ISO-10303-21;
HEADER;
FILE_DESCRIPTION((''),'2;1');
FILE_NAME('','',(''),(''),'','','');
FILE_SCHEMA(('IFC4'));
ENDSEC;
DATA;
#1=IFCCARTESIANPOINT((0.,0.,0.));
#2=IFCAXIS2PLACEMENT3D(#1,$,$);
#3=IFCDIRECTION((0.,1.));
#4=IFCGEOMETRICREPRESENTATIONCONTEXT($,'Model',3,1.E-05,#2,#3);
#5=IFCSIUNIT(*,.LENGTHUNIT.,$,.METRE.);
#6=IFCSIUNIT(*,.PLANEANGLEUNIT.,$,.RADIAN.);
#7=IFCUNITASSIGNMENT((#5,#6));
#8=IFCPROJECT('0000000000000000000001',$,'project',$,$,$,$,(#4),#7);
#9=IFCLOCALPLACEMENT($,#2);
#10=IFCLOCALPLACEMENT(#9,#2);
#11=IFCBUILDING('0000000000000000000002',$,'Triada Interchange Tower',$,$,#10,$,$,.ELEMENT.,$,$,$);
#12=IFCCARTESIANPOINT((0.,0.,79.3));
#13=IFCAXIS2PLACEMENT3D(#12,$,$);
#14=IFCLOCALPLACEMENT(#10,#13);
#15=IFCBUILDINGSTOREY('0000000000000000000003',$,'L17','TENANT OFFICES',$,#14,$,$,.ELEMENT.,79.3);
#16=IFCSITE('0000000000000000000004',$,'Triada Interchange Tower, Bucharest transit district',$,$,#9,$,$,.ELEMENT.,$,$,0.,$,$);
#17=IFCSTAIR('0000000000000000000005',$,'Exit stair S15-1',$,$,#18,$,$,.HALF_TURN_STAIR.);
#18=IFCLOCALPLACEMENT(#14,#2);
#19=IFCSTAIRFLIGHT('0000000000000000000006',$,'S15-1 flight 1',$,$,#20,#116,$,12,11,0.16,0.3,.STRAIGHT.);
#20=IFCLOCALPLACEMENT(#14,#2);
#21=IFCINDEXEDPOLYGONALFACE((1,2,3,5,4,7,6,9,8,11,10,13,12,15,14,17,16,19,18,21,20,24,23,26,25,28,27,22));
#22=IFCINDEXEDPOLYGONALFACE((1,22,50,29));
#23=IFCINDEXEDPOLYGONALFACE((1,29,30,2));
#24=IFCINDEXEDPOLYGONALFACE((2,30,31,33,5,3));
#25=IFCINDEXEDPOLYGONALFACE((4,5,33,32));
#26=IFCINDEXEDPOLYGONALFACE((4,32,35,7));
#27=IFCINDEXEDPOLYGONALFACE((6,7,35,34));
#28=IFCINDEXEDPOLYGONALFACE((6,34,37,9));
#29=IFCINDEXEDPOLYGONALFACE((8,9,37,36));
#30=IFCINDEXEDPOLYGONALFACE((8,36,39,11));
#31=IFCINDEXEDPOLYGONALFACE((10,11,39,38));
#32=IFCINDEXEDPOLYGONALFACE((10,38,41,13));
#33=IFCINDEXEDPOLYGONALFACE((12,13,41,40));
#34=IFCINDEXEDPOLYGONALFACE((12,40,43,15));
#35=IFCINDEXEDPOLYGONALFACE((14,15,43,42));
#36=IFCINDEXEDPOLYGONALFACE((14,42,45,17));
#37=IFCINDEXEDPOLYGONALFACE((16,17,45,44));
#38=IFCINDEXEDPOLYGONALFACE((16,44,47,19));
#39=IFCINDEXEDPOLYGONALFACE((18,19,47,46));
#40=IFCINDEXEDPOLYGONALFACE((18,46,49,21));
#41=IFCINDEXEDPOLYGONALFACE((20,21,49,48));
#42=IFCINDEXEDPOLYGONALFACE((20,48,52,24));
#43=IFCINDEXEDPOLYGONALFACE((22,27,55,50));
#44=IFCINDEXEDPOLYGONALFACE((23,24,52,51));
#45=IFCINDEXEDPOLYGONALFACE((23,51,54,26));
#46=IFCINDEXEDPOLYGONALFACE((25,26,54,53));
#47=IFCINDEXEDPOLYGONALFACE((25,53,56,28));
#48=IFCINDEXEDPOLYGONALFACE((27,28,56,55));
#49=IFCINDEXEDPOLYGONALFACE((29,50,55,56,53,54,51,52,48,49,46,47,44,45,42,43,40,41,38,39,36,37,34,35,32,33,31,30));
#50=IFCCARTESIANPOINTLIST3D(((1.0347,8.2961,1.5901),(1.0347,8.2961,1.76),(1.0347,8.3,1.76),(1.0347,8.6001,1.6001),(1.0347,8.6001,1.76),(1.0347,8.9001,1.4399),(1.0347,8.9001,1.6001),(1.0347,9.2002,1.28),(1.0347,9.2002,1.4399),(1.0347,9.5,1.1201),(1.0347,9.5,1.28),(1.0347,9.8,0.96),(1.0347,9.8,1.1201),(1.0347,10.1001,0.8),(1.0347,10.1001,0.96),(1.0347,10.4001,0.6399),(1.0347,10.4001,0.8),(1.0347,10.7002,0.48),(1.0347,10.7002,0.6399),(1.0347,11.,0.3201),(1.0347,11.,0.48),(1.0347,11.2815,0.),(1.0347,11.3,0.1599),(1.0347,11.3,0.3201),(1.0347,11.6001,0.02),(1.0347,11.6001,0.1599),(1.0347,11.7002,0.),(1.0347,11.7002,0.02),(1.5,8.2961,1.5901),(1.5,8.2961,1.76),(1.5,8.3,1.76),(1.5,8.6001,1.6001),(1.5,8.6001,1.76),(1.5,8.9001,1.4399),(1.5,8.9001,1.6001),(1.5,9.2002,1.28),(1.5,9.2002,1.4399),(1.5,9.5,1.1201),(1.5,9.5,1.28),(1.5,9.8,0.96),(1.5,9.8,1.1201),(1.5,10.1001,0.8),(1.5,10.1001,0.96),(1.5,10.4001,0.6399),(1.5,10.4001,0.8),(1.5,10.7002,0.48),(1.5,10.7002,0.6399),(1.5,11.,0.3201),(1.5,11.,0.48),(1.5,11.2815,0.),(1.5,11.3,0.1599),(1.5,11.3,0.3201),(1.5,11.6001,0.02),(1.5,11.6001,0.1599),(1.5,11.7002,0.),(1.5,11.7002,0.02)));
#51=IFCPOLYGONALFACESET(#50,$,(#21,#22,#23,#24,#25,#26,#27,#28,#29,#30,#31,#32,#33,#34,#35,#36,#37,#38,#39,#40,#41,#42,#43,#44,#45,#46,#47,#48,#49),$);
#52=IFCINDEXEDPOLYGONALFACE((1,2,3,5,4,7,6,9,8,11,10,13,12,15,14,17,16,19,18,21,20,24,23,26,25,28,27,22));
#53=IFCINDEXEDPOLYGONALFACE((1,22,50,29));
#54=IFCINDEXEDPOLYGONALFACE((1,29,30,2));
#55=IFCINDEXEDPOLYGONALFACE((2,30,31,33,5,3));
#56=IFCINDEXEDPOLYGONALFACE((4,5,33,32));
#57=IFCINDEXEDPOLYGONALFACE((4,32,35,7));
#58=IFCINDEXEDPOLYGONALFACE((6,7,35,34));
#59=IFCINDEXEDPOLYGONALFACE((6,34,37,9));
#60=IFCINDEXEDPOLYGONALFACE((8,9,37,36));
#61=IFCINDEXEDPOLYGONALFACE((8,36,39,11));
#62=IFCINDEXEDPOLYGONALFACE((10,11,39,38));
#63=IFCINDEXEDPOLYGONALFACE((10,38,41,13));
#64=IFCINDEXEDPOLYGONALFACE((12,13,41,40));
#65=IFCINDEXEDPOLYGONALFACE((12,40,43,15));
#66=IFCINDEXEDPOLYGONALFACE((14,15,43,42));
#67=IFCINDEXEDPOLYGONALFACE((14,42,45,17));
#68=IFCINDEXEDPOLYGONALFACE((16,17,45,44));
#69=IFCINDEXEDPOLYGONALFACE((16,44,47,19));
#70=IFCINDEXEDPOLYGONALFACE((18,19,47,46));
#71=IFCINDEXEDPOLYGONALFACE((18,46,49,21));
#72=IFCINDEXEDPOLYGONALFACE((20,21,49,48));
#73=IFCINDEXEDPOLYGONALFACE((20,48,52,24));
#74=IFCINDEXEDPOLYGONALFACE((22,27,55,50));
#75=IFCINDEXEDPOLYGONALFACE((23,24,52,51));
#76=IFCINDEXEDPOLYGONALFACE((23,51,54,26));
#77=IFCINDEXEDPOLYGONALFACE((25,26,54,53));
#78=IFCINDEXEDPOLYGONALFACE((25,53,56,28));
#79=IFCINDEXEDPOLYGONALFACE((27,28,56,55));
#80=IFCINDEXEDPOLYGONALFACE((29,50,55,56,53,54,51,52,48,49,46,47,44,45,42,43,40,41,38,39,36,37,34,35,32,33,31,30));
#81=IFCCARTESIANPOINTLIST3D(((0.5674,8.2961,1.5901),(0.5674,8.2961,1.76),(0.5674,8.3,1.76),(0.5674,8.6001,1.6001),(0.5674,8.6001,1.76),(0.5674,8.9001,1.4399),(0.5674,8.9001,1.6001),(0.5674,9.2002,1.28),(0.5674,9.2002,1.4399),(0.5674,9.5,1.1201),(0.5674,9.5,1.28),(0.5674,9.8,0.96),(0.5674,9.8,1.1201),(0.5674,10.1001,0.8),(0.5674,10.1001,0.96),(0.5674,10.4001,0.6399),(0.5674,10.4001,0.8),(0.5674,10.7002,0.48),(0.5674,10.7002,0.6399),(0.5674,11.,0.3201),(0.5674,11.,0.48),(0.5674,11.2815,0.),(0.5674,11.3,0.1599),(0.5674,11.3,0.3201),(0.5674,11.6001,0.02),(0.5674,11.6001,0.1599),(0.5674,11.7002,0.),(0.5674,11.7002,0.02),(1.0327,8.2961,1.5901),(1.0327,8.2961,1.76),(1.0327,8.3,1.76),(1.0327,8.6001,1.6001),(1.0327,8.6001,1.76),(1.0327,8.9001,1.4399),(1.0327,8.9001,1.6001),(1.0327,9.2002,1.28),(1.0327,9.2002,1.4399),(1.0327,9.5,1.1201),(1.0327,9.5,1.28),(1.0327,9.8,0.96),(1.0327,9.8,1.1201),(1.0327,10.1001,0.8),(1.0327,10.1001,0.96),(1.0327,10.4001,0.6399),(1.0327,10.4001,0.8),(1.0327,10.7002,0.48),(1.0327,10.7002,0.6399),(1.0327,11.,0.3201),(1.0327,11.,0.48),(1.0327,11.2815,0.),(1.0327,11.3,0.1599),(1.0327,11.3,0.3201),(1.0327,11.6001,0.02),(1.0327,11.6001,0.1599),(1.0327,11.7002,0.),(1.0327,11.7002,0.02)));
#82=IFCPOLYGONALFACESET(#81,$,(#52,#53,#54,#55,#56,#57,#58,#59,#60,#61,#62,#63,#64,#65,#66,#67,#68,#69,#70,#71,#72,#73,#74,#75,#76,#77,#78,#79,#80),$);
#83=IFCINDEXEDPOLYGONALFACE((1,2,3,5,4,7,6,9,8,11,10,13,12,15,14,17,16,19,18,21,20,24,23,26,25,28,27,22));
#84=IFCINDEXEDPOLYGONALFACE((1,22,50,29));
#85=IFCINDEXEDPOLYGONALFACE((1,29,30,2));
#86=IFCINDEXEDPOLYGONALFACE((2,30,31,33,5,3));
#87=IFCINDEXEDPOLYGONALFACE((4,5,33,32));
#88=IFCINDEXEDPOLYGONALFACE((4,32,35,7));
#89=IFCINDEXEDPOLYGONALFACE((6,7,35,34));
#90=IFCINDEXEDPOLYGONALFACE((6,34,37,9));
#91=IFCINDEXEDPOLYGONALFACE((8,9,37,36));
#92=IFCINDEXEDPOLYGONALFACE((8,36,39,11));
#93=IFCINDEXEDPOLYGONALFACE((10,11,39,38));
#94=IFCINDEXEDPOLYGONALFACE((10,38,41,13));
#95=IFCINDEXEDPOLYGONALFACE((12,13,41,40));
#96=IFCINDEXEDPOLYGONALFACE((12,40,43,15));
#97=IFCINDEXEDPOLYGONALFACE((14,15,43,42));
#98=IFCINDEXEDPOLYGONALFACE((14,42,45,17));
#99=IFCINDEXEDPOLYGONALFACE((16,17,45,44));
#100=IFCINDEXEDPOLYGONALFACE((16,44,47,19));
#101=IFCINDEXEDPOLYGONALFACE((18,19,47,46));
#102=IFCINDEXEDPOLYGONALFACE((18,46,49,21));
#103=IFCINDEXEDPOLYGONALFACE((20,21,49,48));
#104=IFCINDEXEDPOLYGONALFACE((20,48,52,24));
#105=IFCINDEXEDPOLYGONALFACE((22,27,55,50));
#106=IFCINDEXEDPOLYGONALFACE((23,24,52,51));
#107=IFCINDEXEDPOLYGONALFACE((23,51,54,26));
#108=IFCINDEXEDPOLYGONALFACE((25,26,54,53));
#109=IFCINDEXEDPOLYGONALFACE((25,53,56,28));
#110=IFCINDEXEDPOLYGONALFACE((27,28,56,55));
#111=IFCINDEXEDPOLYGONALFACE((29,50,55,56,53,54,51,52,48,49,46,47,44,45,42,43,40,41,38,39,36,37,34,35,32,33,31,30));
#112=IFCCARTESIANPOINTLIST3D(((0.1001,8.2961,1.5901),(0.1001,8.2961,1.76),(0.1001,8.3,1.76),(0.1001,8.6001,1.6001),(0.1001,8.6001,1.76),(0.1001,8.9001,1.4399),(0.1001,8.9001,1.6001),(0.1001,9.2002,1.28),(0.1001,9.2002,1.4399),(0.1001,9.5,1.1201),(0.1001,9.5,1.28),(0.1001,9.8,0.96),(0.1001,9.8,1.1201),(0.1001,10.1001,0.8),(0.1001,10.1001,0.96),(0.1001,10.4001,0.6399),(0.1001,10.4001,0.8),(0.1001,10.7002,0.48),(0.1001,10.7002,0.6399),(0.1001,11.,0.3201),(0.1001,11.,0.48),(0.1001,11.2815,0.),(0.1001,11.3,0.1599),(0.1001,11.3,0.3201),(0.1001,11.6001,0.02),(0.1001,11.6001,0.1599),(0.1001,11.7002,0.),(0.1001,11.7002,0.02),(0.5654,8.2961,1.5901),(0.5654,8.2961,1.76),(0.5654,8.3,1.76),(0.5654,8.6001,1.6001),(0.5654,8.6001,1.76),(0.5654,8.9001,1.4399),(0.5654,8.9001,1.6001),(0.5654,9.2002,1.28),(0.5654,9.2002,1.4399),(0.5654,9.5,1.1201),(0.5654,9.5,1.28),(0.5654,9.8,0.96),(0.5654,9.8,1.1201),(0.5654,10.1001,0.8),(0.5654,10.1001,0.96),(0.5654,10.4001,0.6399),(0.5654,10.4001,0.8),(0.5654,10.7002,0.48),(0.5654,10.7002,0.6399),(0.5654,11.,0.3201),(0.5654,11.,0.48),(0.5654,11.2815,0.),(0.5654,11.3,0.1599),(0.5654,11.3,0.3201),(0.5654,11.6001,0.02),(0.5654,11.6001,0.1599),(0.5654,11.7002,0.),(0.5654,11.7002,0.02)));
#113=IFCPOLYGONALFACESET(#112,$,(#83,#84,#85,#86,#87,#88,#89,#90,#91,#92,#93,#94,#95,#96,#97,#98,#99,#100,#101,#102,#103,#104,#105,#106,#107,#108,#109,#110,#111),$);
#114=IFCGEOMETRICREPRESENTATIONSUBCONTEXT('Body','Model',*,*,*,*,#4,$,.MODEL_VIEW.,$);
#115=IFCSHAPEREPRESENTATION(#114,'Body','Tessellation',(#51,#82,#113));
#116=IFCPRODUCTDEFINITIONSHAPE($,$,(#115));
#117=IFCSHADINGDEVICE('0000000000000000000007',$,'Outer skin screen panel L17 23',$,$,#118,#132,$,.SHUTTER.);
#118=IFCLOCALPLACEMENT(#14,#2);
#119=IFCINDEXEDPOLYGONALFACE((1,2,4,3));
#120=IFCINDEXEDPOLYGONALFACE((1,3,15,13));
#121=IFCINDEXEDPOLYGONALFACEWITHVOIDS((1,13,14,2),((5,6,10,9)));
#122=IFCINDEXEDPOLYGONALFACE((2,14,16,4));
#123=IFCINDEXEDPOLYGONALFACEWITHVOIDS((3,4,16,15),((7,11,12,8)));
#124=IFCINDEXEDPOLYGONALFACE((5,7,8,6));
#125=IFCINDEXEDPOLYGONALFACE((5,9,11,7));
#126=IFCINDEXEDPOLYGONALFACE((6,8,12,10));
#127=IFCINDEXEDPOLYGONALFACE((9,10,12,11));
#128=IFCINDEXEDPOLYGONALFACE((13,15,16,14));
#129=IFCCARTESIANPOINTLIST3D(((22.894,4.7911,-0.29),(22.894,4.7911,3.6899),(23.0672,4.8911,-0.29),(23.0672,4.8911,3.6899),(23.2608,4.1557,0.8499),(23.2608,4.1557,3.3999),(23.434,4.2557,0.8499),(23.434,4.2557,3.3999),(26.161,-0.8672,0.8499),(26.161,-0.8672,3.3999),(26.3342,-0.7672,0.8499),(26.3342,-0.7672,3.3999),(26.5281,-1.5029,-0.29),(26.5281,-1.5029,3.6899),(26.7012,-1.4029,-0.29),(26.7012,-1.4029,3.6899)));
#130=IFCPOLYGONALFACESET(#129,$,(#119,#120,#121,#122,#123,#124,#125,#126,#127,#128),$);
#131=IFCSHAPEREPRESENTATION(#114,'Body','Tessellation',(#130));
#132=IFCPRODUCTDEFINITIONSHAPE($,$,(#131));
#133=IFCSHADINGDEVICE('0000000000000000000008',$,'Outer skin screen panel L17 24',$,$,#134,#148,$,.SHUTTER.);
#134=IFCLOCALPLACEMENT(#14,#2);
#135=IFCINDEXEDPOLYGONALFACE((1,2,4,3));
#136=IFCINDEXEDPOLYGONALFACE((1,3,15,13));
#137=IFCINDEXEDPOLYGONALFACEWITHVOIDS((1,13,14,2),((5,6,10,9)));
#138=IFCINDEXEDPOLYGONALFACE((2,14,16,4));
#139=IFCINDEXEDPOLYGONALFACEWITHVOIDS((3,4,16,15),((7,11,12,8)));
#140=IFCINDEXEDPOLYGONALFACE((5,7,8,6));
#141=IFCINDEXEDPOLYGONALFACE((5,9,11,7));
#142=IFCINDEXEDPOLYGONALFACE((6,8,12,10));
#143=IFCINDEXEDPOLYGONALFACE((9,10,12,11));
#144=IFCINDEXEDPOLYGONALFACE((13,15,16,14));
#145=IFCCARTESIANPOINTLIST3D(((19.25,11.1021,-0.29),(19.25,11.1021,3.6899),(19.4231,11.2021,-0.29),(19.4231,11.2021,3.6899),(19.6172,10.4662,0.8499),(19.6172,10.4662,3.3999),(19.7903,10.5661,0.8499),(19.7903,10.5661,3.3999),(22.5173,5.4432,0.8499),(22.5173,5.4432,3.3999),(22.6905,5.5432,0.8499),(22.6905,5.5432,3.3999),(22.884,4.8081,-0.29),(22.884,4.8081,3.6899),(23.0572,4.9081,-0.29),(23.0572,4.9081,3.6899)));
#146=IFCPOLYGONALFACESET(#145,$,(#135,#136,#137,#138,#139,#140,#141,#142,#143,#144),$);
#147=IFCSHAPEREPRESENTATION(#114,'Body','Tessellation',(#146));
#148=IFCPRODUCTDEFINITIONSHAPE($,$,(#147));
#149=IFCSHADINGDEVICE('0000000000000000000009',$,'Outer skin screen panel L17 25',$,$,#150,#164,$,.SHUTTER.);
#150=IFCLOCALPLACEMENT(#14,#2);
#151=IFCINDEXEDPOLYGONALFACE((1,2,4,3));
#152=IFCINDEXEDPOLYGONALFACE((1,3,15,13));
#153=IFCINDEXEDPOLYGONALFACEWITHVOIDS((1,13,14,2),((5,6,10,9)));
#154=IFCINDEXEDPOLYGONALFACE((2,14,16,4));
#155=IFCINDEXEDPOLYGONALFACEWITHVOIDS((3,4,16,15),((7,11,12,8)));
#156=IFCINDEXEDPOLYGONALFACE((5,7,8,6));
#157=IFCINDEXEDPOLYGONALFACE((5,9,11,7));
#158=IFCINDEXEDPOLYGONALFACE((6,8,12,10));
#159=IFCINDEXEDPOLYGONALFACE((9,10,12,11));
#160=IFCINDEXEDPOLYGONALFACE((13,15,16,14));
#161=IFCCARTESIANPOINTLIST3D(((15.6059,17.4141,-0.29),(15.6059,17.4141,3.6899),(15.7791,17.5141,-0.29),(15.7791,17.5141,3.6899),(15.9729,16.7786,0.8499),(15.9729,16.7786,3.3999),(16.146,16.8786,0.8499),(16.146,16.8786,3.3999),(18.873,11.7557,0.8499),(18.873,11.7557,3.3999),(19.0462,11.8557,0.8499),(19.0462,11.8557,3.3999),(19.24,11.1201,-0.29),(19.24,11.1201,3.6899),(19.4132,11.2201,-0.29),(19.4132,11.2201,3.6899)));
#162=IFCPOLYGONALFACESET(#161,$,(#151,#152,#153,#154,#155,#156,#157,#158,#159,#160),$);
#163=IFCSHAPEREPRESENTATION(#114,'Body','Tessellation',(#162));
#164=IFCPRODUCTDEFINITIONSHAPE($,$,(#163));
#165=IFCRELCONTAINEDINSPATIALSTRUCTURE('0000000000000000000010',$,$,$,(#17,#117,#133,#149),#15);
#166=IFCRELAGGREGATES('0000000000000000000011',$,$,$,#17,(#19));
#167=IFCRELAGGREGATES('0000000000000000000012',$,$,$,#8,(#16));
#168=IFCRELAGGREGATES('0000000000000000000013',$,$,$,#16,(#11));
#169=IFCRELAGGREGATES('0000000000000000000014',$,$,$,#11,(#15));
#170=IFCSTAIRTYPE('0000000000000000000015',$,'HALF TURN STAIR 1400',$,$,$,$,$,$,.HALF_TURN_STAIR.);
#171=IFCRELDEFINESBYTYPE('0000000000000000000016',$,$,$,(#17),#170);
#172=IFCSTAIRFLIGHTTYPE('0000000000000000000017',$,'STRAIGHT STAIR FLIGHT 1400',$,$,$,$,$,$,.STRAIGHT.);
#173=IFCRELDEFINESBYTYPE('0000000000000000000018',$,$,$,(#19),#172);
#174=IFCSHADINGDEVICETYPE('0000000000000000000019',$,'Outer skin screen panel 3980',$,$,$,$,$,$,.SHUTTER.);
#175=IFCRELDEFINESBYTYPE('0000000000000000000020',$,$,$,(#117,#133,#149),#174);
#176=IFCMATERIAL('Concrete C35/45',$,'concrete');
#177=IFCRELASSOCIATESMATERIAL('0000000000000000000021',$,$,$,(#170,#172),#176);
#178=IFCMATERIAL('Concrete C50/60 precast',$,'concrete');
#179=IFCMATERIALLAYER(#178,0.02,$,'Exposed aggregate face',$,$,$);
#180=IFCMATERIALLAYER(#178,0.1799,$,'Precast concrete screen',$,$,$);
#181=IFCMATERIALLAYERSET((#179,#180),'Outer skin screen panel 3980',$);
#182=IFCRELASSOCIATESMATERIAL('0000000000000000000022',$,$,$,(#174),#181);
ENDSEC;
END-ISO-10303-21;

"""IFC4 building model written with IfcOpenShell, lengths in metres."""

from ifc_helpers import new_model, si_unit, direction, frame, origin, place, context, subcontext, project, spatial, polyline, outline, extrude, material, layer, layer_set, type_object, element, aggregate, save


model = new_model("IFC4")

# Units and contexts
model_context = context("Model", 3, precision=1e-05, world=origin(), true_north=direction((0.0, 1.0)))
body_context = subcontext(model_context, "Body", "Model", "MODEL_VIEW")
ifc_project = project(units=[si_unit("LENGTHUNIT", "METRE"), si_unit("PLANEANGLEUNIT", "RADIAN")], contexts=[model_context])

# Site, building, storey
site_placement = place(None, origin())
site = spatial("IfcSite", under=ifc_project, at=site_placement, Name="Triada Interchange Tower, Bucharest transit district", CompositionType="ELEMENT", RefElevation=0.0)
building_placement = place(site_placement, origin())
building = spatial("IfcBuilding", under=site, at=building_placement, Name="Triada Interchange Tower", CompositionType="ELEMENT")
storey_placement = place(building_placement, frame((0.0, 0.0, 79.3)))
storey = spatial("IfcBuildingStorey", under=building, at=storey_placement, Name="L17", Description="TENANT OFFICES", CompositionType="ELEMENT", Elevation=79.3)

# Stair
ifc_material_1 = material(Name="Concrete C35/45", Category="concrete")
stair_type = type_object("IfcStairType", Name="HALF TURN STAIR 1400", PredefinedType="HALF_TURN_STAIR", material=ifc_material_1)
stair_1_placement = place(storey_placement, origin())
stair_1 = element("IfcStair", 1, at=stair_1_placement, inside=storey, type_object=stair_type, Name="Exit stair S15-1", PredefinedType="HALF_TURN_STAIR")

# Stair flight
stair_flight_type = type_object("IfcStairFlightType", Name="STRAIGHT STAIR FLIGHT 1400", PredefinedType="STRAIGHT", material=ifc_material_1)
stair_flight_placement = place(storey_placement, frame((0.8, 11.6001, 0.0), z_axis=(0.0, 0.0, 1.0), x_axis=(0.0, -1.0, 0.0)))
stair_flight = element("IfcStairFlight", 2, at=stair_flight_placement, type_object=stair_flight_type, Name="S15-1 flight 1", NumberOfRisers=12, NumberOfTreads=11, PredefinedType="STRAIGHT", RiserHeight=0.16, TreadLength=0.3, context=body_context, shape_type="SweptSolid", body=[
    extrude(outline(polyline([(-0.1001, 0.0), (-0.1001, 0.02), (0.0, 0.02), (0.0, 0.1599), (0.3, 0.1599), (0.3, 0.3201), (0.6001, 0.3201), (0.6001, 0.48), (0.8999, 0.48), (0.8999, 0.6399), (1.2, 0.6399), (1.2, 0.8), (1.5, 0.8), (1.5, 0.96), (1.8, 0.96), (1.8, 1.1201), (2.1001, 1.1201), (2.1001, 1.28), (2.3999, 1.28), (2.3999, 1.4399), (2.7, 1.4399), (2.7, 1.6001), (3.0, 1.6001), (3.0, 1.76), (3.3, 1.76), (3.304, 1.76), (3.304, 1.9199), (3.304, 1.5901), (0.3186, 0.0), (-0.1001, 0.0)])), frame((0.0, 0.7, 0.0), z_axis=(0.0, -1.0, 0.0), x_axis=(1.0, 0.0, 0.0)), (0.0, 0.0, 1.0), 0.4653),
    extrude(outline(polyline([(-0.1001, 0.0), (-0.1001, 0.02), (0.0, 0.02), (0.0, 0.1599), (0.3, 0.1599), (0.3, 0.3201), (0.6001, 0.3201), (0.6001, 0.48), (0.8999, 0.48), (0.8999, 0.6399), (1.2, 0.6399), (1.2, 0.8), (1.5, 0.8), (1.5, 0.96), (1.8, 0.96), (1.8, 1.1201), (2.1001, 1.1201), (2.1001, 1.28), (2.3999, 1.28), (2.3999, 1.4399), (2.7, 1.4399), (2.7, 1.6001), (3.0, 1.6001), (3.0, 1.76), (3.3, 1.76), (3.304, 1.76), (3.304, 1.9199), (3.304, 1.5901), (0.3186, 0.0), (-0.1001, 0.0)])), frame((0.0, 0.2327, 0.0), z_axis=(0.0, -1.0, 0.0), x_axis=(1.0, 0.0, 0.0)), (0.0, 0.0, 1.0), 0.4653),
    extrude(outline(polyline([(-0.1001, 0.0), (-0.1001, 0.02), (0.0, 0.02), (0.0, 0.1599), (0.3, 0.1599), (0.3, 0.3201), (0.6001, 0.3201), (0.6001, 0.48), (0.8999, 0.48), (0.8999, 0.6399), (1.2, 0.6399), (1.2, 0.8), (1.5, 0.8), (1.5, 0.96), (1.8, 0.96), (1.8, 1.1201), (2.1001, 1.1201), (2.1001, 1.28), (2.3999, 1.28), (2.3999, 1.4399), (2.7, 1.4399), (2.7, 1.6001), (3.0, 1.6001), (3.0, 1.76), (3.3, 1.76), (3.304, 1.76), (3.304, 1.9199), (3.304, 1.5901), (0.3186, 0.0), (-0.1001, 0.0)])), frame((0.0, -0.2346, 0.0), z_axis=(0.0, -1.0, 0.0), x_axis=(1.0, 0.0, 0.0)), (0.0, 0.0, 1.0), 0.4653),
])

# Shading devices
ifc_material_2 = material(Name="Concrete C50/60 precast", Category="concrete")
ifc_layer_1 = layer(ifc_material_2, 0.02, Name="Exposed aggregate face")
ifc_layer_2 = layer(ifc_material_2, 0.1799, Name="Precast concrete screen")
ifc_layer_set_1 = layer_set([ifc_layer_1, ifc_layer_2], Name="Outer skin screen panel 3980")
shading_device_type = type_object("IfcShadingDeviceType", Name="Outer skin screen panel 3980", PredefinedType="SHUTTER", material=ifc_layer_set_1)
shading_device_1_placement = place(storey_placement, frame((26.5281, -1.5029, -0.29), z_axis=(0.0, 0.0, 1.0), x_axis=(-0.500023, 0.866012, 0.0)))
element("IfcShadingDevice", 3, at=shading_device_1_placement, inside=storey, type_object=shading_device_type, Name="Outer skin screen panel L17 23", PredefinedType="SHUTTER", context=body_context, shape_type="SweptSolid", body=[
    extrude(outline(polyline([(0.0, 0.0), (7.2678, 0.0), (7.2678, 3.98), (0.0, 3.98), (0.0, 0.0)]), holes=[polyline([(0.7341, 1.1399), (0.7341, 3.6899), (6.5342, 3.6899), (6.5342, 1.1399), (0.7341, 1.1399)])]), frame((0.0, 0.0, 0.0), z_axis=(0.0, -1.0, 0.0), x_axis=(1.0, 0.0, 0.0)), (0.0, 0.0, 1.0), 0.2),
])
shading_device_2_placement = place(storey_placement, frame((22.884, 4.8081, -0.29), z_axis=(0.0, 0.0, 1.0), x_axis=(-0.500023, 0.866012, 0.0)))
element("IfcShadingDevice", 4, at=shading_device_2_placement, inside=storey, type_object=shading_device_type, Name="Outer skin screen panel L17 24", PredefinedType="SHUTTER", context=body_context, shape_type="SweptSolid", body=[
    extrude(outline(polyline([(0.0, 0.0), (7.2678, 0.0), (7.2678, 3.98), (0.0, 3.98), (0.0, 0.0)]), holes=[polyline([(0.7334, 1.1399), (0.7334, 3.6899), (6.5334, 3.6899), (6.5334, 1.1399), (0.7334, 1.1399)])]), frame((0.0, 0.0, 0.0), z_axis=(0.0, -1.0, 0.0), x_axis=(1.0, 0.0, 0.0)), (0.0, 0.0, 1.0), 0.2),
])
shading_device_3_placement = place(storey_placement, frame((19.24, 11.1201, -0.29), z_axis=(0.0, 0.0, 1.0), x_axis=(-0.500023, 0.866012, 0.0)))
element("IfcShadingDevice", 5, at=shading_device_3_placement, inside=storey, type_object=shading_device_type, Name="Outer skin screen panel L17 25", PredefinedType="SHUTTER", context=body_context, shape_type="SweptSolid", body=[
    extrude(outline(polyline([(0.0, 0.0), (7.2678, 0.0), (7.2678, 3.98), (0.0, 3.98), (0.0, 0.0)]), holes=[polyline([(0.7339, 1.1399), (0.7339, 3.6899), (6.5339, 3.6899), (6.5339, 1.1399), (0.7339, 1.1399)])]), frame((0.0, 0.0, 0.0), z_axis=(0.0, -1.0, 0.0), x_axis=(1.0, 0.0, 0.0)), (0.0, 0.0, 1.0), 0.2),
])

aggregate(stair_1, [stair_flight])

save(model, "model.ifc")
